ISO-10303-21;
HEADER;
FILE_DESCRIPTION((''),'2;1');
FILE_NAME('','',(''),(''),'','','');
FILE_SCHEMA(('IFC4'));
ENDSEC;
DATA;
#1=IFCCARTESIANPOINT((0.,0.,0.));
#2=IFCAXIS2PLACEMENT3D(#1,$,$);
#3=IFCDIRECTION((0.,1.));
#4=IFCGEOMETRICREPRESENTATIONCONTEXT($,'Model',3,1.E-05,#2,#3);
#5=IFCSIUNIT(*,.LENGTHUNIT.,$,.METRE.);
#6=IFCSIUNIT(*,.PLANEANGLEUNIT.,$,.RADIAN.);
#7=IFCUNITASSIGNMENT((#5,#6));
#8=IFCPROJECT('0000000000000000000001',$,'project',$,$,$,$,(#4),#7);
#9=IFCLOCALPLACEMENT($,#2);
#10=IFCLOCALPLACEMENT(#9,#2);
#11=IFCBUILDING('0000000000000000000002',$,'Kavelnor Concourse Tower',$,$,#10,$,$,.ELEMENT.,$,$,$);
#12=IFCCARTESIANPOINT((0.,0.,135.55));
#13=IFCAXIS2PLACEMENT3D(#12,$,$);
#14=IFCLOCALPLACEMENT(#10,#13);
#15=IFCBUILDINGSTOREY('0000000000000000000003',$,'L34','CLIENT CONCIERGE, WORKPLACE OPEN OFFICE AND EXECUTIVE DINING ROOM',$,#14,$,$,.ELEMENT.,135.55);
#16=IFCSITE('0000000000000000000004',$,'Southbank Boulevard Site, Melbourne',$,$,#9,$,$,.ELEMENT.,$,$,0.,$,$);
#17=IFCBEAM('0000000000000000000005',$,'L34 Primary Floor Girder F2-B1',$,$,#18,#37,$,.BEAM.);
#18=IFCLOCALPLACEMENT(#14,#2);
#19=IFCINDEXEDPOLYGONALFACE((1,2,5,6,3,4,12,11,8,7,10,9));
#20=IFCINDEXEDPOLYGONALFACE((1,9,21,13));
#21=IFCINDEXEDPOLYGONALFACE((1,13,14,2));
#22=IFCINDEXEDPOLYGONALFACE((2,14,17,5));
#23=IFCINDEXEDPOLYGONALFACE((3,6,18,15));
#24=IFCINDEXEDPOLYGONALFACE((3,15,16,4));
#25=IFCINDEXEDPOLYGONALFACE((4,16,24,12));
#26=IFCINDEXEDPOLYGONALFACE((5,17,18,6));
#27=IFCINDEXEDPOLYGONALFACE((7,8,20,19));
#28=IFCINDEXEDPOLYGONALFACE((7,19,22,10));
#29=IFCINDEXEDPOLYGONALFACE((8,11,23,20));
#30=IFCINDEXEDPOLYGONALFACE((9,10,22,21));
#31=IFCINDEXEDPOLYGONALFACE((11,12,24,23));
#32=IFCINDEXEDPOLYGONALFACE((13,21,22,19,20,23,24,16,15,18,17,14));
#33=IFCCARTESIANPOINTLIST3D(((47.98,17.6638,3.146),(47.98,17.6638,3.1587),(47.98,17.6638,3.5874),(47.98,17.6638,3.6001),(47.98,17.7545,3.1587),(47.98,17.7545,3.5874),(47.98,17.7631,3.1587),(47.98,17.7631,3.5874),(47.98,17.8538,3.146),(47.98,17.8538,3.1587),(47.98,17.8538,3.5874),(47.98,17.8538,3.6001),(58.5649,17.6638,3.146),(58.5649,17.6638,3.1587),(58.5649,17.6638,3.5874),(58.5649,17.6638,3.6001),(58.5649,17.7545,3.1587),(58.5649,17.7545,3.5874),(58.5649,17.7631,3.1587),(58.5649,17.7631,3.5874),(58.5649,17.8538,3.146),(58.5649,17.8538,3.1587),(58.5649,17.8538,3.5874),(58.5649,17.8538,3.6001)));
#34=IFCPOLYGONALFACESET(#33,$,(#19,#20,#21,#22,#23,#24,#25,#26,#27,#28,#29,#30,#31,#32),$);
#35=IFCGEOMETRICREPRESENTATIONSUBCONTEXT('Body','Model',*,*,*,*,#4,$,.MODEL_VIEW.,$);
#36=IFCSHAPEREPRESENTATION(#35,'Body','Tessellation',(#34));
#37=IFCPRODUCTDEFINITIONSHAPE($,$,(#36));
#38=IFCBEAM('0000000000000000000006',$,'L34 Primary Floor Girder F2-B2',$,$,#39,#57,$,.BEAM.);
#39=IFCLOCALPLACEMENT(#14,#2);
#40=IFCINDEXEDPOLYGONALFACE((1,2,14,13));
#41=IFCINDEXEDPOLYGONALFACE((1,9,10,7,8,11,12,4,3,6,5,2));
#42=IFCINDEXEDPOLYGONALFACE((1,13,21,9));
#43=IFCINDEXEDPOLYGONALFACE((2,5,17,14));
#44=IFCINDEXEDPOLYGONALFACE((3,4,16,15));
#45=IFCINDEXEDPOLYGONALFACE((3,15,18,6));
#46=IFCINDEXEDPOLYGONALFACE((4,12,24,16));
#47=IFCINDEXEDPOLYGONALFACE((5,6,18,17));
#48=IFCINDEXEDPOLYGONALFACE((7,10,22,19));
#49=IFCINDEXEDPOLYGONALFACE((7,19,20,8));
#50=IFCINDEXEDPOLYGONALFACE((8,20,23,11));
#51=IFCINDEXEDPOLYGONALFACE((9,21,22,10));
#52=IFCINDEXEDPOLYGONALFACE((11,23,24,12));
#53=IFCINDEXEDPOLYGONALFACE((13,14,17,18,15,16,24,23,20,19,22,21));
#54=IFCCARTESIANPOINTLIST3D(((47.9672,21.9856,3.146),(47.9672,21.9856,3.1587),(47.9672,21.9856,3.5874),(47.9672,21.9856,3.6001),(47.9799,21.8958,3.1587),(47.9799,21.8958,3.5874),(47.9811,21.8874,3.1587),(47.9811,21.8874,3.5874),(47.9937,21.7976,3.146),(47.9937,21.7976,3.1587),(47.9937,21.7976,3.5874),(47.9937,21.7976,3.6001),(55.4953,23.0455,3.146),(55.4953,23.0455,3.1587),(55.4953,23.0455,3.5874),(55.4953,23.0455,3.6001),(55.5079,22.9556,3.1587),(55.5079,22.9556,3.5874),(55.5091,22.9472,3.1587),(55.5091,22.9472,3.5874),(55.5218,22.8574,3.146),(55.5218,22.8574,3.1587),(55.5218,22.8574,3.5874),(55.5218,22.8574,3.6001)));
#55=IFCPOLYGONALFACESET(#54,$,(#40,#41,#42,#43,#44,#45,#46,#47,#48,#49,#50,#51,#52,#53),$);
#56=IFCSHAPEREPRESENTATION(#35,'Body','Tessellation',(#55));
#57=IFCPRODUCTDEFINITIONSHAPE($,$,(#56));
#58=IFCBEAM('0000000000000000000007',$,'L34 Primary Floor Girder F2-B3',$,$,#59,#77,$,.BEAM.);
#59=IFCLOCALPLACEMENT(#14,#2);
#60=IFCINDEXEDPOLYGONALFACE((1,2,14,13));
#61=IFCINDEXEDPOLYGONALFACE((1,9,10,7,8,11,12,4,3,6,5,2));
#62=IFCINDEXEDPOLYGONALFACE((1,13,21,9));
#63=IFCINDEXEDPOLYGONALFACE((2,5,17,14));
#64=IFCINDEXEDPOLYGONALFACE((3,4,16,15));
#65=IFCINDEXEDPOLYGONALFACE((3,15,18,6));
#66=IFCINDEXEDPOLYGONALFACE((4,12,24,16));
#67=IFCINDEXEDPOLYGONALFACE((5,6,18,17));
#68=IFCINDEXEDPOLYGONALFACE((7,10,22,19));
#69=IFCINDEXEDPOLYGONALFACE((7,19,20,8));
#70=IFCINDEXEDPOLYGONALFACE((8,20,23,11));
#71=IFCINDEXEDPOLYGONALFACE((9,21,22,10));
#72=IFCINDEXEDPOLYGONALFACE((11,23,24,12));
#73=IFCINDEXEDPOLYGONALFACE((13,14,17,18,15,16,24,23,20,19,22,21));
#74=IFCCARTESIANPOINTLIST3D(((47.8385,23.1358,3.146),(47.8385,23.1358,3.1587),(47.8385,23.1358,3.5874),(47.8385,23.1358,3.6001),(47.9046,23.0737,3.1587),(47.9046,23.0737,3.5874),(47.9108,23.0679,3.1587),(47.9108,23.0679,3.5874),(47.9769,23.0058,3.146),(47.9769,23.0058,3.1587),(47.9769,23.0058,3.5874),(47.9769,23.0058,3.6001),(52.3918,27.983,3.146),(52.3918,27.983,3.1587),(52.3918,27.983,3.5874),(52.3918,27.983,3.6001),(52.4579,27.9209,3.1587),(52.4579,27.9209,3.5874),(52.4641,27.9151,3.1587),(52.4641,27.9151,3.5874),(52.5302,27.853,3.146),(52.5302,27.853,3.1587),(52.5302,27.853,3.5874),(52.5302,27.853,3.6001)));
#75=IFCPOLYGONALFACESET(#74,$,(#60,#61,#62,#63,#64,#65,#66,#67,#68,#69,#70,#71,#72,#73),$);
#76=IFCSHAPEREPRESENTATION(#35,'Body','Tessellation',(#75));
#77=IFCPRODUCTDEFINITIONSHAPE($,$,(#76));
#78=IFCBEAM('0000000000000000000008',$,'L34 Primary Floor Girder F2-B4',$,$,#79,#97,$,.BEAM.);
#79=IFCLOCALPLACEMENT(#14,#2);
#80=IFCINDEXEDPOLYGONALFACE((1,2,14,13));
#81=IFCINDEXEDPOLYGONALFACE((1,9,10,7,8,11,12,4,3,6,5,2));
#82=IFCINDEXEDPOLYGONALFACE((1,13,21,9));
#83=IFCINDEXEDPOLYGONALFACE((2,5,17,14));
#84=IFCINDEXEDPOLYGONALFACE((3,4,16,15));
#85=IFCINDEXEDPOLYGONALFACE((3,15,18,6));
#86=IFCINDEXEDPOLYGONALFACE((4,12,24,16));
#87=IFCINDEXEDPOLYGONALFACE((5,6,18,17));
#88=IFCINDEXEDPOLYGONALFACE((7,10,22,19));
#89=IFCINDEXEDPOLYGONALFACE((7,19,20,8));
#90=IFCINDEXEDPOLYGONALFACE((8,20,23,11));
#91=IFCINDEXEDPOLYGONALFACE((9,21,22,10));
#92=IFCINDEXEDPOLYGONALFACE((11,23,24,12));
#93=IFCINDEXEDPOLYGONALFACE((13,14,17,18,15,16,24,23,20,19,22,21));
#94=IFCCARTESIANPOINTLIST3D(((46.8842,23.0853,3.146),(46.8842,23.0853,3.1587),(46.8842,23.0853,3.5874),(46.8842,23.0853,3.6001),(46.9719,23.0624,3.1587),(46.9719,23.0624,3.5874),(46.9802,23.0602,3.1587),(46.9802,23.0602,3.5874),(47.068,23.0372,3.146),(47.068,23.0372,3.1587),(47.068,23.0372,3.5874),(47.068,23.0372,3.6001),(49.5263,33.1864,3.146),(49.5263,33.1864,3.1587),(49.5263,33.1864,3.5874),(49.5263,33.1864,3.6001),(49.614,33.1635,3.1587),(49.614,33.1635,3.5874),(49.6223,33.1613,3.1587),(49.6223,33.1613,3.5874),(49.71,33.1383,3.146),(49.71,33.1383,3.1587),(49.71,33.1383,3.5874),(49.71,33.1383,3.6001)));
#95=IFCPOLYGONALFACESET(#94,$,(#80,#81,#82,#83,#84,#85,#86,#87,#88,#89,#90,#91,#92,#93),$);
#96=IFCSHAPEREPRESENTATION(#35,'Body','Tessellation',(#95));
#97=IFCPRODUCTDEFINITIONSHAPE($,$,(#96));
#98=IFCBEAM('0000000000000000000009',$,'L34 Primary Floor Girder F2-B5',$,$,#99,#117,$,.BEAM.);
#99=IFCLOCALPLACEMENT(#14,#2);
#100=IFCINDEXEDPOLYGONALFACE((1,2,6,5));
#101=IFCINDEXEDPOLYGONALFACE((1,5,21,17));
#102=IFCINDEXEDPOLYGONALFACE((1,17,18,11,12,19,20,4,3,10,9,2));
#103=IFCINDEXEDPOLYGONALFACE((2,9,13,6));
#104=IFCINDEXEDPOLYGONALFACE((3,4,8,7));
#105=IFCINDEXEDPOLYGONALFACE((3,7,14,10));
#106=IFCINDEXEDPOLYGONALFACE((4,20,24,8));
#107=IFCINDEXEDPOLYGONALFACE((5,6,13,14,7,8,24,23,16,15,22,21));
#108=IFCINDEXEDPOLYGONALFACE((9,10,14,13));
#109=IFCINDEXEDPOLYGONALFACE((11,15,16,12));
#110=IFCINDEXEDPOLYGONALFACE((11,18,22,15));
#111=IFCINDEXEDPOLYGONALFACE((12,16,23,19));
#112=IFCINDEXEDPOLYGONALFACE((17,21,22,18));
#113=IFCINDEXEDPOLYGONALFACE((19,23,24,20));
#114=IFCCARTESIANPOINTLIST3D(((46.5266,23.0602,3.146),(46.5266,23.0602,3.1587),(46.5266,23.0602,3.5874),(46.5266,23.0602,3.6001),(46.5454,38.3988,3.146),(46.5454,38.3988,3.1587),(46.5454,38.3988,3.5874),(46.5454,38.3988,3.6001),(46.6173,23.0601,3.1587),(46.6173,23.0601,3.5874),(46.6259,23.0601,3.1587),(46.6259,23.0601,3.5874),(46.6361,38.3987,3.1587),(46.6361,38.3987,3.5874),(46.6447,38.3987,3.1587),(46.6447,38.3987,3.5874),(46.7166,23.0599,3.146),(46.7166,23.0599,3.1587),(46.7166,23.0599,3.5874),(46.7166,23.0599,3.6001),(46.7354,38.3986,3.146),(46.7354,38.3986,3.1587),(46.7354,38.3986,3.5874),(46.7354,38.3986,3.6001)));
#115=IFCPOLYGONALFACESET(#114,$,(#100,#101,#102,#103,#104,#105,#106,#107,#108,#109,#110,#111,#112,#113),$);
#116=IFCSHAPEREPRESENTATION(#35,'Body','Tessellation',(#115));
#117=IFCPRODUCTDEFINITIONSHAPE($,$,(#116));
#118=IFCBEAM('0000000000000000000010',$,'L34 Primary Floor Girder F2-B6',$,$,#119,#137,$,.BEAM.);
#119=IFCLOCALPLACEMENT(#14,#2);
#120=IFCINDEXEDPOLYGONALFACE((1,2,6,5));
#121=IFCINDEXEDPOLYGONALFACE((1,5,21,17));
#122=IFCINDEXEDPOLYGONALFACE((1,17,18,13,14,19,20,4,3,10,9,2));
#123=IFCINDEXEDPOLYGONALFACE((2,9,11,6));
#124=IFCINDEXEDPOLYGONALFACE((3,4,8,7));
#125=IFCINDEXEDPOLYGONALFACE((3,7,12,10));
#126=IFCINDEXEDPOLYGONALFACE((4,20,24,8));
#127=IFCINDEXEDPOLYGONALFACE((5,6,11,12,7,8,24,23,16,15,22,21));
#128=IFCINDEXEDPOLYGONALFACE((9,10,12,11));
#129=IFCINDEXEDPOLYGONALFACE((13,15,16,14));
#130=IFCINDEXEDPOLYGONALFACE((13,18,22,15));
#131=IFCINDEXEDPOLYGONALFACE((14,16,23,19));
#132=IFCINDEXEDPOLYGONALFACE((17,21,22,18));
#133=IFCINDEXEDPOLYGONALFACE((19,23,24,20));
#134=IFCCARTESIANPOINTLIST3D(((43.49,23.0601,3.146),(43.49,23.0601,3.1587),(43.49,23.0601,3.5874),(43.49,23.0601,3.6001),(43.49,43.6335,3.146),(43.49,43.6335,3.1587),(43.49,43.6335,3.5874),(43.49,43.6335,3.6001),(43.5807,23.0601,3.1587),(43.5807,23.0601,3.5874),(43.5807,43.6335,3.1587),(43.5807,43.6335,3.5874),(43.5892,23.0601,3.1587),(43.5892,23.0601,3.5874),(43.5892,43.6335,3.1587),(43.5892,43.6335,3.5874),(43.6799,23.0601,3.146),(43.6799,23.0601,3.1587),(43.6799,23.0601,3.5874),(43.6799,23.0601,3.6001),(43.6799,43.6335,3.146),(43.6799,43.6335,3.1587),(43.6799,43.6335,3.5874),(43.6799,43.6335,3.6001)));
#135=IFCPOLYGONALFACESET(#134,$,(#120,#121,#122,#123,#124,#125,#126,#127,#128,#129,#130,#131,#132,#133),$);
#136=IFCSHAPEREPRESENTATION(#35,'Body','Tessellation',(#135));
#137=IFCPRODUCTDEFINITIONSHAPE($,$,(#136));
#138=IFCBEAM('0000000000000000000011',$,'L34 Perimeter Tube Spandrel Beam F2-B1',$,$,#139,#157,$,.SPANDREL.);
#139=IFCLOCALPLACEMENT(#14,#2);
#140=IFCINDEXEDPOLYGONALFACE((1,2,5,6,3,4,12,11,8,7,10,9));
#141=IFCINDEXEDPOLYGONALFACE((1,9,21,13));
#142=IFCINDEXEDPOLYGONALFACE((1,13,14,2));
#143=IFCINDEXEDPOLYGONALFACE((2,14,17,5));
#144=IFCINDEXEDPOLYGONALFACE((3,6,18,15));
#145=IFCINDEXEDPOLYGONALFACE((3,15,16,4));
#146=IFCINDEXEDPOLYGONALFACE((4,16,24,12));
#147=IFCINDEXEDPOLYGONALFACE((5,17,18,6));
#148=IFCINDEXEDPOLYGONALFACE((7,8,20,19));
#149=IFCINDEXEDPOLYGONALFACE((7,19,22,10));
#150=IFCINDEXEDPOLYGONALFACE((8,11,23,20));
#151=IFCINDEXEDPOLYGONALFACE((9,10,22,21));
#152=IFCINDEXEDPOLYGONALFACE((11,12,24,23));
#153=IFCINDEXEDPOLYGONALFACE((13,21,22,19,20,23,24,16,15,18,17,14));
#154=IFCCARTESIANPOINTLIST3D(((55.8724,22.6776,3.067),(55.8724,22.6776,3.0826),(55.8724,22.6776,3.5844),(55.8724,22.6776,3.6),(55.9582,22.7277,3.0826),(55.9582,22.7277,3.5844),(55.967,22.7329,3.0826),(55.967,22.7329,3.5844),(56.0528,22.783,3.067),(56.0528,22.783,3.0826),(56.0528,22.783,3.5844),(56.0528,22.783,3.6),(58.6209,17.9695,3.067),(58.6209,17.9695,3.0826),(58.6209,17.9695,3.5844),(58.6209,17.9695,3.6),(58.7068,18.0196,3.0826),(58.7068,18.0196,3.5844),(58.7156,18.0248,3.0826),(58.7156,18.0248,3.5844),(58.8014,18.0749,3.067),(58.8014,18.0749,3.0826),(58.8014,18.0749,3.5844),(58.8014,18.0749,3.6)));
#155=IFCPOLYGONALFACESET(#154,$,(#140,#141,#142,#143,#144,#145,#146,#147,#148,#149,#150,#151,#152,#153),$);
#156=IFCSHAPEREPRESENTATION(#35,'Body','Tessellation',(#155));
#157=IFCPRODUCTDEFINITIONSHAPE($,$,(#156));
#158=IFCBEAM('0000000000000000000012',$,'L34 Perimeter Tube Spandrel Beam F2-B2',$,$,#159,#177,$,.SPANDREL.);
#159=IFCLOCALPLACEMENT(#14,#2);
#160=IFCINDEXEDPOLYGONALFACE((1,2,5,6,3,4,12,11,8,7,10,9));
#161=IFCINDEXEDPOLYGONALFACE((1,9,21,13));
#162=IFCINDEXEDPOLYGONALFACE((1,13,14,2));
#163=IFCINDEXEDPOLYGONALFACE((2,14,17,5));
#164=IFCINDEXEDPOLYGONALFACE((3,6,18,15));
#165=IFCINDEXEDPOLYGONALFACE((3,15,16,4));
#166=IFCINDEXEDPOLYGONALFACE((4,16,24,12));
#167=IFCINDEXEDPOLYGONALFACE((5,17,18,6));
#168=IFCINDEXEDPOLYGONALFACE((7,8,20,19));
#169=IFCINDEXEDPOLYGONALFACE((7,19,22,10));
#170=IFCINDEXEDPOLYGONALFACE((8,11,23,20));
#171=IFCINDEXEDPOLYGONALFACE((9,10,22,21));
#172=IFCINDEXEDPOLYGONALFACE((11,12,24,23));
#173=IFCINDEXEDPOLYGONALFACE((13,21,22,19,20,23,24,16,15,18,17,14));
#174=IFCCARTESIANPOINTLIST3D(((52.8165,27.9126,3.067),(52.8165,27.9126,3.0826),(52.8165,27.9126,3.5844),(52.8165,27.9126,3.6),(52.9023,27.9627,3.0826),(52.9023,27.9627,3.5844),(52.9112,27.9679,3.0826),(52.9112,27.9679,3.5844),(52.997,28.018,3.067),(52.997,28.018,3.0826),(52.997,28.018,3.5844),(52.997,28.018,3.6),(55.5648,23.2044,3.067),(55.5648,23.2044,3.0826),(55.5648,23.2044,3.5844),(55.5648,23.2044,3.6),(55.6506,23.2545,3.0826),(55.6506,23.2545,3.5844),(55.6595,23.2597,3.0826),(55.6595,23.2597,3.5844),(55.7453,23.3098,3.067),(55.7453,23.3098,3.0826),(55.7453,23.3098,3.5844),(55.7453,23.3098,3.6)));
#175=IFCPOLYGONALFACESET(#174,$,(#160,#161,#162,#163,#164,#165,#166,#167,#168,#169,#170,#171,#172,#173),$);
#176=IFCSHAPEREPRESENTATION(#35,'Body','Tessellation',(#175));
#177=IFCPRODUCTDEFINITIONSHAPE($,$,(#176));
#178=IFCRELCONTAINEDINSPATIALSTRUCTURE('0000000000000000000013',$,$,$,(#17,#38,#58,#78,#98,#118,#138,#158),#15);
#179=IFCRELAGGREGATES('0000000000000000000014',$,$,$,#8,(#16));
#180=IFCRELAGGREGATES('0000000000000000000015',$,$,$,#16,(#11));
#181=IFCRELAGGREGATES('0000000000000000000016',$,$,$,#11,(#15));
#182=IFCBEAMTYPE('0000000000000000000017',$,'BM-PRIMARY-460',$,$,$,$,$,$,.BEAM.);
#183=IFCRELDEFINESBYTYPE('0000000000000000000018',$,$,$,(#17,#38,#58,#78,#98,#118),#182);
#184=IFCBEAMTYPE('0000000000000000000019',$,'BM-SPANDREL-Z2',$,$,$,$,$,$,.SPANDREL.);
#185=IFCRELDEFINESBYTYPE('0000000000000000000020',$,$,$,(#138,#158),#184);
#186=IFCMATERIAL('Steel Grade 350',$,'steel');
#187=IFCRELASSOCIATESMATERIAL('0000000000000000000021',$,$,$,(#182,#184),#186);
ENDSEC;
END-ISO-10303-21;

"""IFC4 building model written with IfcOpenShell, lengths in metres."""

from ifc_helpers import new_model, si_unit, direction, frame, origin, origin_2d, place, context, subcontext, project, spatial, i_section, extrude, material, material_profile, profile_set, type_object, element, save


model = new_model("IFC4")

# Units and contexts
model_context = context("Model", 3, precision=1e-05, world=origin(), true_north=direction((0.0, 1.0)))
body_context = subcontext(model_context, "Body", "Model", "MODEL_VIEW")
ifc_project = project(units=[si_unit("LENGTHUNIT", "METRE"), si_unit("PLANEANGLEUNIT", "RADIAN")], contexts=[model_context])

# Site, building, storey
site_placement = place(None, origin())
site = spatial("IfcSite", under=ifc_project, at=site_placement, Name="Southbank Boulevard Site, Melbourne", CompositionType="ELEMENT", RefElevation=0.0)
building_placement = place(site_placement, origin())
building = spatial("IfcBuilding", under=site, at=building_placement, Name="Kavelnor Concourse Tower", CompositionType="ELEMENT")
storey_placement = place(building_placement, frame((0.0, 0.0, 135.55)))
storey = spatial("IfcBuildingStorey", under=building, at=storey_placement, Name="L34", Description="CLIENT CONCIERGE, WORKPLACE OPEN OFFICE AND EXECUTIVE DINING ROOM", CompositionType="ELEMENT", Elevation=135.55)

# Shared definitions
ifc_material_1 = material(Name="Steel Grade 350", Category="steel")

# Beams
ifc_material_profile_1 = material_profile(ifc_material_1, i_section(OverallWidth=0.1899, OverallDepth=0.4541, WebThickness=0.0085, FlangeThickness=0.0127, at=origin_2d()), Name="460UB67")
ifc_profile_set_1 = profile_set([ifc_material_profile_1], Name="Steel Grade 350")
beam_type_1 = type_object("IfcBeamType", Name="BM-PRIMARY-460", PredefinedType="BEAM", material=ifc_profile_set_1)
beam_1_placement = place(storey_placement, frame((47.98, 17.7588, 3.373), z_axis=(1.0, 0.0, 0.0), x_axis=(0.0, 1.0, 0.0)))
element("IfcBeam", 1, at=beam_1_placement, inside=storey, type_object=beam_type_1, Name="L34 Primary Floor Girder F2-B1", PredefinedType="BEAM", context=body_context, shape_type="SweptSolid", body=[
    extrude(i_section(OverallWidth=0.1899, OverallDepth=0.4541, WebThickness=0.0085, FlangeThickness=0.0127, at=origin_2d()), origin(), (0.0, 0.0, 1.0), 10.585),
])
beam_2_placement = place(storey_placement, frame((47.9805, 21.8916, 3.373), z_axis=(0.990235, 0.139407, 0.0), x_axis=(-0.139407, 0.990235, 0.0)))
element("IfcBeam", 2, at=beam_2_placement, inside=storey, type_object=beam_type_1, Name="L34 Primary Floor Girder F2-B2", PredefinedType="BEAM", context=body_context, shape_type="SweptSolid", body=[
    extrude(i_section(OverallWidth=0.1899, OverallDepth=0.4541, WebThickness=0.0085, FlangeThickness=0.0127, at=origin_2d()), origin(), (0.0, 0.0, 1.0), 7.6023),
])
beam_3_placement = place(storey_placement, frame((47.9077, 23.0708, 3.373), z_axis=(0.684661, 0.728861, 0.0), x_axis=(-0.728861, 0.684661, 0.0)))
element("IfcBeam", 3, at=beam_3_placement, inside=storey, type_object=beam_type_1, Name="L34 Primary Floor Girder F2-B3", PredefinedType="BEAM", context=body_context, shape_type="SweptSolid", body=[
    extrude(i_section(OverallWidth=0.1899, OverallDepth=0.4541, WebThickness=0.0085, FlangeThickness=0.0127, at=origin_2d()), origin(), (0.0, 0.0, 1.0), 6.6504),
])
beam_4_placement = place(storey_placement, frame((46.9761, 23.0613, 3.373), z_axis=(0.253052, 0.967453, 0.0), x_axis=(-0.967453, 0.253052, 0.0)))
element("IfcBeam", 4, at=beam_4_placement, inside=storey, type_object=beam_type_1, Name="L34 Primary Floor Girder F2-B4", PredefinedType="BEAM", context=body_context, shape_type="SweptSolid", body=[
    extrude(i_section(OverallWidth=0.1899, OverallDepth=0.4541, WebThickness=0.0085, FlangeThickness=0.0127, at=origin_2d()), origin(), (0.0, 0.0, 1.0), 10.4409),
])
beam_5_placement = place(storey_placement, frame((46.6216, 23.0601, 3.373), z_axis=(0.001226, 0.999999, 0.0), x_axis=(-0.999999, 0.001226, 0.0)))
element("IfcBeam", 5, at=beam_5_placement, inside=storey, type_object=beam_type_1, Name="L34 Primary Floor Girder F2-B5", PredefinedType="BEAM", context=body_context, shape_type="SweptSolid", body=[
    extrude(i_section(OverallWidth=0.1899, OverallDepth=0.4541, WebThickness=0.0085, FlangeThickness=0.0127, at=origin_2d()), origin(), (0.0, 0.0, 1.0), 15.3386),
])
beam_6_placement = place(storey_placement, frame((43.585, 23.0601, 3.373), z_axis=(0.0, 1.0, 0.0), x_axis=(-1.0, 0.0, 0.0)))
element("IfcBeam", 6, at=beam_6_placement, inside=storey, type_object=beam_type_1, Name="L34 Primary Floor Girder F2-B6", PredefinedType="BEAM", context=body_context, shape_type="SweptSolid", body=[
    extrude(i_section(OverallWidth=0.1899, OverallDepth=0.4541, WebThickness=0.0085, FlangeThickness=0.0127, at=origin_2d()), origin(), (0.0, 0.0, 1.0), 20.5735),
])
ifc_material_profile_2 = material_profile(ifc_material_1, i_section(OverallWidth=0.209, OverallDepth=0.533, WebThickness=0.0103, FlangeThickness=0.0156, at=origin_2d()), Name="530UB92")
ifc_profile_set_2 = profile_set([ifc_material_profile_2], Name="Steel Grade 350")
beam_type_2 = type_object("IfcBeamType", Name="BM-SPANDREL-Z2", PredefinedType="SPANDREL", material=ifc_profile_set_2)
for number, where, z_axis, x_axis, name in (
    (7, (58.7112, 18.0222, 3.3335), (-0.504172, 0.863603, 0.0), (-0.863603, -0.504172, 0.0), "L34 Perimeter Tube Spandrel Beam F2-B1"),
    (8, (55.655, 23.2571, 3.3335), (-0.504119, 0.863634, 0.0), (-0.863634, -0.504119, 0.0), "L34 Perimeter Tube Spandrel Beam F2-B2"),
):
    element("IfcBeam", number, at=place(storey_placement, frame(where, z_axis=z_axis, x_axis=x_axis)), inside=storey, type_object=beam_type_2, Name=name, PredefinedType="SPANDREL", context=body_context, shape_type="SweptSolid", body=[
        extrude(i_section(OverallWidth=0.209, OverallDepth=0.533, WebThickness=0.0103, FlangeThickness=0.0156, at=origin_2d()), origin(), (0.0, 0.0, 1.0), 5.4517),
    ])

save(model, "model.ifc")
